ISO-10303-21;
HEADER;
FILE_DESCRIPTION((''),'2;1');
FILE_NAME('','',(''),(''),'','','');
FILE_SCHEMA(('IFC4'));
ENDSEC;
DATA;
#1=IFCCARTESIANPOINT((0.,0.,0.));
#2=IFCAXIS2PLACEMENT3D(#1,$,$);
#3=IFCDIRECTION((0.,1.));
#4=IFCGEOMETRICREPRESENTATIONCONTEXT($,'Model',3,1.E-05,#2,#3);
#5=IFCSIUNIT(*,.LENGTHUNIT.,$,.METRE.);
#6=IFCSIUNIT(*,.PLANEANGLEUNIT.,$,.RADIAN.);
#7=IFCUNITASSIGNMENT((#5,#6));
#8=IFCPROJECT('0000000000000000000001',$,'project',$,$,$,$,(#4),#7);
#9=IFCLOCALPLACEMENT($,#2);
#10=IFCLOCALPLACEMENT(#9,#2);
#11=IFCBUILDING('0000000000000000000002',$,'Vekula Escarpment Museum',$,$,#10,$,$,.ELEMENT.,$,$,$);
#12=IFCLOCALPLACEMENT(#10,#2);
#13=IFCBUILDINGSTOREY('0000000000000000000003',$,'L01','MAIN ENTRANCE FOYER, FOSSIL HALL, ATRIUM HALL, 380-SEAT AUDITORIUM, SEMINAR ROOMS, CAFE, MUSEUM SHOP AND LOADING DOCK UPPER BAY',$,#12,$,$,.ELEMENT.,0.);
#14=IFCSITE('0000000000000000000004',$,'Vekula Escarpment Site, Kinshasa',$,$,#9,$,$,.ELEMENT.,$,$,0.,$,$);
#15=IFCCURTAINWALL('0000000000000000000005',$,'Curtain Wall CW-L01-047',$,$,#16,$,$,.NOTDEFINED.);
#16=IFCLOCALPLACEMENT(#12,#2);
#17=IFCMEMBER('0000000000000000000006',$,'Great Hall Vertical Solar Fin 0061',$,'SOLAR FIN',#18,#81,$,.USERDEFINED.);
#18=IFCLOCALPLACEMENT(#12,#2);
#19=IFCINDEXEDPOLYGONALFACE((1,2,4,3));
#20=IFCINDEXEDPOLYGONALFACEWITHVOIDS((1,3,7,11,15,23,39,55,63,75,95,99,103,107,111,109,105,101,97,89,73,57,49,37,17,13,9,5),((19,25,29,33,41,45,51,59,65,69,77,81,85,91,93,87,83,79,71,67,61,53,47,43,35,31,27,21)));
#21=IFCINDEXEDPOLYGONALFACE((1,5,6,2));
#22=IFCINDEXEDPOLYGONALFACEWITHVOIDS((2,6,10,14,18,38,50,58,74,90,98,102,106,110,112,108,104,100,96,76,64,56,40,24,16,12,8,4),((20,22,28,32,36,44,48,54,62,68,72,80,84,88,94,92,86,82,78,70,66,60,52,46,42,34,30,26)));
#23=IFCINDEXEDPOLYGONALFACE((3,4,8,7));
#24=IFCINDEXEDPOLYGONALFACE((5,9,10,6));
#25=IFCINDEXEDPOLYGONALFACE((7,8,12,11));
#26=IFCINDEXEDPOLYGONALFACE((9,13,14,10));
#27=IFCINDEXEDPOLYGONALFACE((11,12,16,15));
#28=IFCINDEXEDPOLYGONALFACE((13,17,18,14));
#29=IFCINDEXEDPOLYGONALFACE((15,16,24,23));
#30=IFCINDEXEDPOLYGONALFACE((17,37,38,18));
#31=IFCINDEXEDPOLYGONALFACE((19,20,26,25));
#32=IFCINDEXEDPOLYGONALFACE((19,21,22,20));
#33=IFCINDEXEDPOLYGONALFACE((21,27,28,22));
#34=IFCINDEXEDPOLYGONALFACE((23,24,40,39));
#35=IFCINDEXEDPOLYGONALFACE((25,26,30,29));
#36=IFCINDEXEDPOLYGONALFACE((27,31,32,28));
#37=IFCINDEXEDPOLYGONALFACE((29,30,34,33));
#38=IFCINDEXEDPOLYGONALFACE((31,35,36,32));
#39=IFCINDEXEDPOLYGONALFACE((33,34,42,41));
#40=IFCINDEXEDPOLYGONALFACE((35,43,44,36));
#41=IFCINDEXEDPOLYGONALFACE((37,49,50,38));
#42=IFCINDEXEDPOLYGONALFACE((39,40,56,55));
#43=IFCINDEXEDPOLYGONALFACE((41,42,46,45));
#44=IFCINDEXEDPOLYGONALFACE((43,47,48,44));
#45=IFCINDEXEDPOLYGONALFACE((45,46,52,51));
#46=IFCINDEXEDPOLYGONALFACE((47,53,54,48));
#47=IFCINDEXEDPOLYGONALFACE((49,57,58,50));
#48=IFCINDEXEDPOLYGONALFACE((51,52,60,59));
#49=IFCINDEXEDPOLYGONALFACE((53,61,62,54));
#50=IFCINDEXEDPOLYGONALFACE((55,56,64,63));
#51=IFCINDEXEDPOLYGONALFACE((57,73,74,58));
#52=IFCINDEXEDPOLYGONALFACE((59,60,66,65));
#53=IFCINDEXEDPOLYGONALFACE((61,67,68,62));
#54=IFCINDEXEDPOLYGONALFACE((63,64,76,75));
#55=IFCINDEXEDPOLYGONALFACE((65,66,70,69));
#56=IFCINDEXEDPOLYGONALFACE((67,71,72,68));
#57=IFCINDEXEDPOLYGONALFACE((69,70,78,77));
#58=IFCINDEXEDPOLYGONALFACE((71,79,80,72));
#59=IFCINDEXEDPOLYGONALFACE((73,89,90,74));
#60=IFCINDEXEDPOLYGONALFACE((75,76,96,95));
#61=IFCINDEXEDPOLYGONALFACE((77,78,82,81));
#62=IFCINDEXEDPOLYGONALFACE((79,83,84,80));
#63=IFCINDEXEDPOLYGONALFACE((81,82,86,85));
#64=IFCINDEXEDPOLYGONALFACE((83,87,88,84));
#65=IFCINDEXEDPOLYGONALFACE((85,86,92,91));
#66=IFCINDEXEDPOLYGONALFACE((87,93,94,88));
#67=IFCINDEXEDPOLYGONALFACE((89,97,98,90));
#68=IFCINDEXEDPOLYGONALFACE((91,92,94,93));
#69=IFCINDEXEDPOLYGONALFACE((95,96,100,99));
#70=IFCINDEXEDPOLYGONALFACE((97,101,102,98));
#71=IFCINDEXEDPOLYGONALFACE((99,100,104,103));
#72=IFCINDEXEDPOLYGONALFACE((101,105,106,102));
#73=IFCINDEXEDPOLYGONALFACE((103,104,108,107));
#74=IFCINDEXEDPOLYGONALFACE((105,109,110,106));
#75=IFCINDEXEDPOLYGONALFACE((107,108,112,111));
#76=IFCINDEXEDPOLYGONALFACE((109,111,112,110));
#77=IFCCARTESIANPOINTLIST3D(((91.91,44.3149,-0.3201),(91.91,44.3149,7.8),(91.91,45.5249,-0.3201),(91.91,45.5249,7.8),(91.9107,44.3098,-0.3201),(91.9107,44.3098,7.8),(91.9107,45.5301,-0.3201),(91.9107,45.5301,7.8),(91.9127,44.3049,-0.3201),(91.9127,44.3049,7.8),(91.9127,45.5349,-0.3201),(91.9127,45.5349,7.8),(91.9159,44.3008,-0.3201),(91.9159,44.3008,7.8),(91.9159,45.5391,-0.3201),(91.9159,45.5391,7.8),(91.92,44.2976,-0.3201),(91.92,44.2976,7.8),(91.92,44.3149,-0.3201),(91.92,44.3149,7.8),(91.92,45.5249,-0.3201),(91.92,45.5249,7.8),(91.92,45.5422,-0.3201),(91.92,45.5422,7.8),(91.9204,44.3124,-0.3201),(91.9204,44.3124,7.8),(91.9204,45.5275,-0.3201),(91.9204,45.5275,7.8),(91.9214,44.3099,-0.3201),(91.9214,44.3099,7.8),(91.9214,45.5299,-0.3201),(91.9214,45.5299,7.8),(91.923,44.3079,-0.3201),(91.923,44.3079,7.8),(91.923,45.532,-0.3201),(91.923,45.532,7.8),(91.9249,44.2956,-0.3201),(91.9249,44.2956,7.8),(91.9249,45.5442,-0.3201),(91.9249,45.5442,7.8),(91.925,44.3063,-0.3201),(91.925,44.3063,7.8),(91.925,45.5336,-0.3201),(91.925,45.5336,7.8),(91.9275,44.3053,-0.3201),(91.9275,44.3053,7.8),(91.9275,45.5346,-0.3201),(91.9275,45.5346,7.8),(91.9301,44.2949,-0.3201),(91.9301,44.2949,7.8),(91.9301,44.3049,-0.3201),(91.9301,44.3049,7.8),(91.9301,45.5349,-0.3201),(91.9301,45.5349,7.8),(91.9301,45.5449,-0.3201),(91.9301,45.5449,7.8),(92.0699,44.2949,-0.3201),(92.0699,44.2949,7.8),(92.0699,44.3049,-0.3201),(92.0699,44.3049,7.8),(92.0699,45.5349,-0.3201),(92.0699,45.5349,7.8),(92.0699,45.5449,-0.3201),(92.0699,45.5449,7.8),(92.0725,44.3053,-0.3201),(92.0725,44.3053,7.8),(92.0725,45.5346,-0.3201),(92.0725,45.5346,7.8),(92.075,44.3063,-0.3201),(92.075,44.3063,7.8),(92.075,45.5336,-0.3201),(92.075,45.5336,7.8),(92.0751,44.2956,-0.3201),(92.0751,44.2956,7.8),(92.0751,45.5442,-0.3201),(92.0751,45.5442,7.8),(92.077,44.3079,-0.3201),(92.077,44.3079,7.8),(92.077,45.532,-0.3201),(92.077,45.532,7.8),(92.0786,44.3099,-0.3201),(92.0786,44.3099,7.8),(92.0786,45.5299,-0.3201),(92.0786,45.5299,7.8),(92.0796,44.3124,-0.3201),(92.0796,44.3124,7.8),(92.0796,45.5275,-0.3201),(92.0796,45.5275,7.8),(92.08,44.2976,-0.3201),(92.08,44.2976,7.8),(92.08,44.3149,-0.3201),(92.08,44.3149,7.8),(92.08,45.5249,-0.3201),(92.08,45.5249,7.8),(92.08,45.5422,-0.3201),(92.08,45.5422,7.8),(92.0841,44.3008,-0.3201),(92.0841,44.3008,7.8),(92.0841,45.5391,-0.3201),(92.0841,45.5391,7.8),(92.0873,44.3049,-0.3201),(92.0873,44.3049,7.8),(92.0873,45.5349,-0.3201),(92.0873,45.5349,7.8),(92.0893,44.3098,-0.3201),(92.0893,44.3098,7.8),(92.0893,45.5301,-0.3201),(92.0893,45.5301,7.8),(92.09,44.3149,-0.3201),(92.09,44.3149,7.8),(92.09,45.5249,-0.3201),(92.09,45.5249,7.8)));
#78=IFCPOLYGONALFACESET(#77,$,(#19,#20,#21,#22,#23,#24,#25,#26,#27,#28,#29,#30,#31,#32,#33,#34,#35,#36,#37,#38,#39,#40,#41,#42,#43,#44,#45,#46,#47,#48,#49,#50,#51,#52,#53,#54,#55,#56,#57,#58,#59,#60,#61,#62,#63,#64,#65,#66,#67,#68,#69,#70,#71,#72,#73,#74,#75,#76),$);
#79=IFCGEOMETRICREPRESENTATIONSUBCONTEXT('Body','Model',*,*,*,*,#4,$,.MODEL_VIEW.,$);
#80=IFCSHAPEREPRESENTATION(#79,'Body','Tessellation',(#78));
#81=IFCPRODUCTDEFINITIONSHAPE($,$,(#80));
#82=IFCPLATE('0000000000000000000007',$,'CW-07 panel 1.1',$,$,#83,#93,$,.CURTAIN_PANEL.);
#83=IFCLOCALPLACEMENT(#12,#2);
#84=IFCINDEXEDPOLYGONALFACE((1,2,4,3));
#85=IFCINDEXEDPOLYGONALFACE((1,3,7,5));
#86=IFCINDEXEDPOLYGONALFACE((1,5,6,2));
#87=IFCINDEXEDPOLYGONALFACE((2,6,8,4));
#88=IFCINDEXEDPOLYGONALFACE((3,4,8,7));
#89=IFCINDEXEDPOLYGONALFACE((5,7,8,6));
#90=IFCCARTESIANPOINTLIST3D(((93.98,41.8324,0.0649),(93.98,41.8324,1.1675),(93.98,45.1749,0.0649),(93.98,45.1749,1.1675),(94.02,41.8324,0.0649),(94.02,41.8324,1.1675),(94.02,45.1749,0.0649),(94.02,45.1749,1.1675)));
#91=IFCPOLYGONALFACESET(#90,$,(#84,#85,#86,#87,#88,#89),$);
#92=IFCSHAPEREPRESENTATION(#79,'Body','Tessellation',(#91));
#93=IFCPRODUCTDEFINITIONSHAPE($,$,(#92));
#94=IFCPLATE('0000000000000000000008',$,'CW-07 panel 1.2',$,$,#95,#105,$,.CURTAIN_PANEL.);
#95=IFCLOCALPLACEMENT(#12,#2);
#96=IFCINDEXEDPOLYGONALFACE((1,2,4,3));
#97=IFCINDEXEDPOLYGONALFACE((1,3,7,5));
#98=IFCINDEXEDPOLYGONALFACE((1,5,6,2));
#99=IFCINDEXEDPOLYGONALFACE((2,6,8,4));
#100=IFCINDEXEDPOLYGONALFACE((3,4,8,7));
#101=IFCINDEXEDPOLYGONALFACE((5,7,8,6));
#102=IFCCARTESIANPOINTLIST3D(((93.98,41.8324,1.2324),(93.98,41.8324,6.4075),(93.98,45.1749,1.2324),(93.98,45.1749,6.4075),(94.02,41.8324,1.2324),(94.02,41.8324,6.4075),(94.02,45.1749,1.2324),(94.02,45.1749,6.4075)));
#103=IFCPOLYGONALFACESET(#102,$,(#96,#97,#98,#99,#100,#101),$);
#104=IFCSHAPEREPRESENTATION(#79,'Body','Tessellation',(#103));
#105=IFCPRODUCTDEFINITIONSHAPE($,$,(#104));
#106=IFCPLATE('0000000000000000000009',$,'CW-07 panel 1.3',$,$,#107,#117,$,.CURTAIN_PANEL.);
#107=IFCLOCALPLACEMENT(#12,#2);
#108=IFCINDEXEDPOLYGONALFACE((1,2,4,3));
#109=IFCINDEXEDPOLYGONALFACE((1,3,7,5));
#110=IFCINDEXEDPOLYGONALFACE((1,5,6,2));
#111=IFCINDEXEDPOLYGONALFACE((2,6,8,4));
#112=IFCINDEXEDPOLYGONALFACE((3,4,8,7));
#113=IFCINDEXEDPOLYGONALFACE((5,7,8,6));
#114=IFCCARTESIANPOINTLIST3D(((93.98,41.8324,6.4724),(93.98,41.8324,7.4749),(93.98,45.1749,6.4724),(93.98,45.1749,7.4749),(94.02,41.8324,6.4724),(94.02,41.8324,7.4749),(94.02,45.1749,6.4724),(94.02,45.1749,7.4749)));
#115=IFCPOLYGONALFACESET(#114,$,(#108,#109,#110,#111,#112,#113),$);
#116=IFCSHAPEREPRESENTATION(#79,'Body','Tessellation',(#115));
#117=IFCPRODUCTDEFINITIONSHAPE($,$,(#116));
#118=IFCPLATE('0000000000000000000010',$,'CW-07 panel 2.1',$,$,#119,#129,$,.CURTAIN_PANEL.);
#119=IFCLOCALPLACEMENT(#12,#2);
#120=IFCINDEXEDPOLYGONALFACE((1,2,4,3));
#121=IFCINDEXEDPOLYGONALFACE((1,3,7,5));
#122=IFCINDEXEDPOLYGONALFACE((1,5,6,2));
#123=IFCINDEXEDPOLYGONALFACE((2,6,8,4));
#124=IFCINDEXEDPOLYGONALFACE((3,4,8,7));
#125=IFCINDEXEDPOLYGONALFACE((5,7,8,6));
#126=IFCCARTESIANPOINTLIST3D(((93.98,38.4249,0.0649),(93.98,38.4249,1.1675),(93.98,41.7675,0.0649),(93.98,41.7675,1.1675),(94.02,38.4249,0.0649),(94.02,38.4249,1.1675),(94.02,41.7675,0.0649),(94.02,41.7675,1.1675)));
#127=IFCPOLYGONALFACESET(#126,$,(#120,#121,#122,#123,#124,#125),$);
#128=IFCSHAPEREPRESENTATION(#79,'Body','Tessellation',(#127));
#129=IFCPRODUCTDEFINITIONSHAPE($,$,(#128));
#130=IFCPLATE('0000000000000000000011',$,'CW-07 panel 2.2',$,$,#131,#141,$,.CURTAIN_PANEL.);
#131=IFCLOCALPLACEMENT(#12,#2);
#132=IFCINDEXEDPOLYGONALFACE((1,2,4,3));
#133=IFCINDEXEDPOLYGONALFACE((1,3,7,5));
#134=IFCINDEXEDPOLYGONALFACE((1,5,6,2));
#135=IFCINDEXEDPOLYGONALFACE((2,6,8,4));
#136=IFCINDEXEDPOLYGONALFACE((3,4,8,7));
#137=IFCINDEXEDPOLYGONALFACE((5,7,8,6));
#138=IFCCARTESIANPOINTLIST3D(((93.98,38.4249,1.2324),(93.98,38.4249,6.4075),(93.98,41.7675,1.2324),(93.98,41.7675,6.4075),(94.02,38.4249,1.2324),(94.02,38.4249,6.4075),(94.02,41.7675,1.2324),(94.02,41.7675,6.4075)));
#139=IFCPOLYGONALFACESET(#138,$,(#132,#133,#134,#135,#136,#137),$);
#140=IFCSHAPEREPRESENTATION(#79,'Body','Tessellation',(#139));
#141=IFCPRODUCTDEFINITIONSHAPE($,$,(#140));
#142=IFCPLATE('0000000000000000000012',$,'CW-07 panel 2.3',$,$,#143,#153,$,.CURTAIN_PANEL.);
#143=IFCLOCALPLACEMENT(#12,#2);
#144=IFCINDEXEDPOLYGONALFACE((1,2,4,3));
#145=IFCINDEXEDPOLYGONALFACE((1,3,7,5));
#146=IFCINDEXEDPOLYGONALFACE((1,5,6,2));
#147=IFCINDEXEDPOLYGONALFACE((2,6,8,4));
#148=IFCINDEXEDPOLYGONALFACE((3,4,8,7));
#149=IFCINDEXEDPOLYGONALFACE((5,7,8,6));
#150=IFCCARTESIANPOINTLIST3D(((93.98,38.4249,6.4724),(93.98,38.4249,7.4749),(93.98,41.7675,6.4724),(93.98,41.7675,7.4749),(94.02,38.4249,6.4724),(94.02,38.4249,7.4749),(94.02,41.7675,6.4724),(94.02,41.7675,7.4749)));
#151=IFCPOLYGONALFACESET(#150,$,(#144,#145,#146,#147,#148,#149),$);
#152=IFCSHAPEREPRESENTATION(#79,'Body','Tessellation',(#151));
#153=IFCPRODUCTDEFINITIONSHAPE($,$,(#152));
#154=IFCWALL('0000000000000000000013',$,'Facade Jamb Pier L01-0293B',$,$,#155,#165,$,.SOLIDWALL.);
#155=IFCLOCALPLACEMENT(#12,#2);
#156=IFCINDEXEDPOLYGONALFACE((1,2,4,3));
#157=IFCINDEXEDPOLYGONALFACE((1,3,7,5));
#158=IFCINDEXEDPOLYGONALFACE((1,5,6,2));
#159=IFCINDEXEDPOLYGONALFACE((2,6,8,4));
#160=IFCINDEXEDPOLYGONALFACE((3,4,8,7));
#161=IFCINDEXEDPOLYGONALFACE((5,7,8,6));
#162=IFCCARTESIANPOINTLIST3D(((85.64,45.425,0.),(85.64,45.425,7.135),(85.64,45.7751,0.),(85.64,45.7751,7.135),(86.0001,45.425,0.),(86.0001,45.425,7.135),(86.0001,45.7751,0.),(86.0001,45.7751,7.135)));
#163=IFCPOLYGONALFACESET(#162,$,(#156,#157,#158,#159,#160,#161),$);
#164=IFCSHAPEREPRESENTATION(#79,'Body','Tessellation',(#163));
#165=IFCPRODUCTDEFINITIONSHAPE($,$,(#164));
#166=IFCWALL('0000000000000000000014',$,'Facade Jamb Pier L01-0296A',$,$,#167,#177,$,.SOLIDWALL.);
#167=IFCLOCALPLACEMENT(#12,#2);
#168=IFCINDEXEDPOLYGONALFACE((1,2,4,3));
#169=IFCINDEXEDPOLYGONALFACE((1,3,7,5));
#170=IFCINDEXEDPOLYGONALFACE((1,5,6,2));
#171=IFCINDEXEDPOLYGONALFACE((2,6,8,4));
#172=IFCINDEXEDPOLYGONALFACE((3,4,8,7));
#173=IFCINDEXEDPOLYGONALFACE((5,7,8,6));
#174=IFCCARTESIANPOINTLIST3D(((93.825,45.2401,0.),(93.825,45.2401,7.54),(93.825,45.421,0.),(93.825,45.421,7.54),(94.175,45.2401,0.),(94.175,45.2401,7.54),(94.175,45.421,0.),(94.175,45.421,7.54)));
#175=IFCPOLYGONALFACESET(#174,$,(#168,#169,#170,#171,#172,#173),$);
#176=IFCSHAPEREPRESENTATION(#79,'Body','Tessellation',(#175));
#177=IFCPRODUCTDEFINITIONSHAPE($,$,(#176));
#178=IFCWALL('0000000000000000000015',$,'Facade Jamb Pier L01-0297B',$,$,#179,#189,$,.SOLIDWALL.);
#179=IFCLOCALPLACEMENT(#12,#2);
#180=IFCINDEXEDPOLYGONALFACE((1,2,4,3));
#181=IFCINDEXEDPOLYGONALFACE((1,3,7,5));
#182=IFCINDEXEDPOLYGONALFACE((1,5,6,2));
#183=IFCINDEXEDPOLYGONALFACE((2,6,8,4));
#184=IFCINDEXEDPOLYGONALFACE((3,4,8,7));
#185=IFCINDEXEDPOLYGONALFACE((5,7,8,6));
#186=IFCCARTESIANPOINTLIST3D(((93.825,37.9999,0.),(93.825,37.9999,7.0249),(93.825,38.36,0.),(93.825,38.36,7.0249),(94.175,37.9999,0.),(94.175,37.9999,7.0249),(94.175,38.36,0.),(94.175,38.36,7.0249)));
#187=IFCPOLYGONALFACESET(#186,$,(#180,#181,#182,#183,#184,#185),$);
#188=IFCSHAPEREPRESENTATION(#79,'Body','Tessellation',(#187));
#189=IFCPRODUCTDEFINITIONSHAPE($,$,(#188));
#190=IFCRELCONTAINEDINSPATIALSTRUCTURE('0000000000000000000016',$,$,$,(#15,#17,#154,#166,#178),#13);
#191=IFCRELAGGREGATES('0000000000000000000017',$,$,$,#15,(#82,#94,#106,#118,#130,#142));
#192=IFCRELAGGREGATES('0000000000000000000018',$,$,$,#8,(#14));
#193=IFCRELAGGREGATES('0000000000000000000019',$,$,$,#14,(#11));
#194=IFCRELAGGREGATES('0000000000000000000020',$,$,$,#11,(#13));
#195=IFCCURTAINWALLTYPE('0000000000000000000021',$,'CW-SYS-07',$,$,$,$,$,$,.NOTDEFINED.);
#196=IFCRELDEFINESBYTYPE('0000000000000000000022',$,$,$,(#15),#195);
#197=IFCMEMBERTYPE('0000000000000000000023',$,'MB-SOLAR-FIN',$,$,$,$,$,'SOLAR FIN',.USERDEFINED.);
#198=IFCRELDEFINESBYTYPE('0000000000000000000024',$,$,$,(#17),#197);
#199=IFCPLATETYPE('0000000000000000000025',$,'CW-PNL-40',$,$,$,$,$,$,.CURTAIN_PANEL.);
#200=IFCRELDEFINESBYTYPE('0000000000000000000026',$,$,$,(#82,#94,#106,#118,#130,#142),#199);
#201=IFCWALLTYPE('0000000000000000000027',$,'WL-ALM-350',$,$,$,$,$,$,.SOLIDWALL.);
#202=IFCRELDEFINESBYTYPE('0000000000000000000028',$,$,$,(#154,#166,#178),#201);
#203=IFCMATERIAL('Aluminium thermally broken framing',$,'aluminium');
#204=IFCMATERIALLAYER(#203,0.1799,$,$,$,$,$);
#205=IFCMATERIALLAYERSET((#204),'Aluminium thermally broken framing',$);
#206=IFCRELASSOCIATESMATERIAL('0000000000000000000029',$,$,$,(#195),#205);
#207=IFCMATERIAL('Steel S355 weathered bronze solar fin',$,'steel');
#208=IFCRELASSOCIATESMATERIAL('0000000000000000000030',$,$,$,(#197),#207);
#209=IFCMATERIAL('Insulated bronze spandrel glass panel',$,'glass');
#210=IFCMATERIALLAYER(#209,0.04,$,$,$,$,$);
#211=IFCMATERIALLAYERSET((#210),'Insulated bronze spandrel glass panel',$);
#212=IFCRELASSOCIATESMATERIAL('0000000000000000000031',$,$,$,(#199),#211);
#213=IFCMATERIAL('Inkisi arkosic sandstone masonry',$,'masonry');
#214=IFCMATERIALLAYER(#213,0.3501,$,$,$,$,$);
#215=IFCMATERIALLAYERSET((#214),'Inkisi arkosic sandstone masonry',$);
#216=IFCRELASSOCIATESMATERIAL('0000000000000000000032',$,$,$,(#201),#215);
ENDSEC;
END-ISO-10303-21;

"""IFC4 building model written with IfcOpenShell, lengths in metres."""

from ifc_helpers import new_model, si_unit, direction, frame, frame_2d, origin, origin_2d, place, context, subcontext, project, spatial, rectangle, hollow_rectangle, extrude, material, layer, layer_set, material_profile, profile_set, type_object, element, aggregate, save


model = new_model("IFC4")

# Units and contexts
model_context = context("Model", 3, precision=1e-05, world=origin(), true_north=direction((0.0, 1.0)))
body_context = subcontext(model_context, "Body", "Model", "MODEL_VIEW")
ifc_project = project(units=[si_unit("LENGTHUNIT", "METRE"), si_unit("PLANEANGLEUNIT", "RADIAN")], contexts=[model_context])

# Site, building, storey
site_placement = place(None, origin())
site = spatial("IfcSite", under=ifc_project, at=site_placement, Name="Vekula Escarpment Site, Kinshasa", CompositionType="ELEMENT", RefElevation=0.0)
building_placement = place(site_placement, origin())
building = spatial("IfcBuilding", under=site, at=building_placement, Name="Vekula Escarpment Museum", CompositionType="ELEMENT")
storey_placement = place(building_placement, origin())
storey = spatial("IfcBuildingStorey", under=building, at=storey_placement, Name="L01", Description="MAIN ENTRANCE FOYER, FOSSIL HALL, ATRIUM HALL, 380-SEAT AUDITORIUM, SEMINAR ROOMS, CAFE, MUSEUM SHOP AND LOADING DOCK UPPER BAY", CompositionType="ELEMENT", Elevation=0.0)

# Curtain wall
ifc_material_1 = material(Name="Aluminium thermally broken framing", Category="aluminium")
ifc_layer_1 = layer(ifc_material_1, 0.1799)
ifc_layer_set_1 = layer_set([ifc_layer_1], Name="Aluminium thermally broken framing")
curtain_wall_type_1 = type_object("IfcCurtainWallType", Name="CW-SYS-07", PredefinedType="NOTDEFINED", material=ifc_layer_set_1)
curtain_wall_1_placement = place(storey_placement, origin())
curtain_wall_1 = element("IfcCurtainWall", 1, at=curtain_wall_1_placement, inside=storey, type_object=curtain_wall_type_1, Name="Curtain Wall CW-L01-047", PredefinedType="NOTDEFINED")

# Member
ifc_material_2 = material(Name="Steel S355 weathered bronze solar fin", Category="steel")
ifc_material_profile_1 = material_profile(ifc_material_2, hollow_rectangle(XDim=0.1799, YDim=1.25, WallThickness=0.01, InnerFilletRadius=0.01, OuterFilletRadius=0.02, at=origin_2d()), Name="RHS 1250x180x10")
ifc_profile_set_1 = profile_set([ifc_material_profile_1], Name="Steel S355 weathered bronze solar fin")
member_type_1 = type_object("IfcMemberType", Name="MB-SOLAR-FIN", ElementType="SOLAR FIN", PredefinedType="USERDEFINED", material=ifc_profile_set_1)
for number, where, z_axis, x_axis, name in (
    (2, (92.0, 44.9199, -0.3201), (0.0, 0.0, 1.0), (1.0, 0.0, 0.0), "Great Hall Vertical Solar Fin 0061"),
):
    element("IfcMember", number, at=place(storey_placement, frame(where, z_axis=z_axis, x_axis=x_axis)), inside=storey, type_object=member_type_1, Name=name, ObjectType="SOLAR FIN", PredefinedType="USERDEFINED", context=body_context, shape_type="SweptSolid", body=[
        extrude(hollow_rectangle(XDim=0.1799, YDim=1.25, WallThickness=0.01, InnerFilletRadius=0.01, OuterFilletRadius=0.02, at=origin_2d()), origin(), (0.0, 0.0, 1.0), 8.1201),
    ])

# Plates
ifc_material_3 = material(Name="Insulated bronze spandrel glass panel", Category="glass")
ifc_layer_2 = layer(ifc_material_3, 0.04)
ifc_layer_set_2 = layer_set([ifc_layer_2], Name="Insulated bronze spandrel glass panel")
plate_type = type_object("IfcPlateType", Name="CW-PNL-40", PredefinedType="CURTAIN_PANEL", material=ifc_layer_set_2)
plate_1_placement = place(storey_placement, frame((94.0, 43.5037, 0.0649), z_axis=(0.0, 0.0, 1.0), x_axis=(0.0, -1.0, 0.0)))
plate_1 = element("IfcPlate", 3, at=plate_1_placement, type_object=plate_type, Name="CW-07 panel 1.1", PredefinedType="CURTAIN_PANEL", context=body_context, shape_type="SweptSolid", body=[
    extrude(rectangle(XDim=3.3425, YDim=0.04, at=origin_2d()), origin(), (0.0, 0.0, 1.0), 1.1025),
])
plate_2_placement = place(storey_placement, frame((94.0, 43.5037, 1.2324), z_axis=(0.0, 0.0, 1.0), x_axis=(0.0, -1.0, 0.0)))
plate_2 = element("IfcPlate", 4, at=plate_2_placement, type_object=plate_type, Name="CW-07 panel 1.2", PredefinedType="CURTAIN_PANEL", context=body_context, shape_type="SweptSolid", body=[
    extrude(rectangle(XDim=3.3425, YDim=0.04, at=origin_2d()), origin(), (0.0, 0.0, 1.0), 5.175),
])
plate_3_placement = place(storey_placement, frame((94.0, 43.5037, 6.4724), z_axis=(0.0, 0.0, 1.0), x_axis=(0.0, -1.0, 0.0)))
plate_3 = element("IfcPlate", 5, at=plate_3_placement, type_object=plate_type, Name="CW-07 panel 1.3", PredefinedType="CURTAIN_PANEL", context=body_context, shape_type="SweptSolid", body=[
    extrude(rectangle(XDim=3.3425, YDim=0.04, at=origin_2d()), origin(), (0.0, 0.0, 1.0), 1.0024),
])
plate_4_placement = place(storey_placement, frame((94.0, 40.0962, 0.0649), z_axis=(0.0, 0.0, 1.0), x_axis=(0.0, -1.0, 0.0)))
plate_4 = element("IfcPlate", 6, at=plate_4_placement, type_object=plate_type, Name="CW-07 panel 2.1", PredefinedType="CURTAIN_PANEL", context=body_context, shape_type="SweptSolid", body=[
    extrude(rectangle(XDim=3.3425, YDim=0.04, at=origin_2d()), origin(), (0.0, 0.0, 1.0), 1.1025),
])
plate_5_placement = place(storey_placement, frame((94.0, 40.0962, 1.2324), z_axis=(0.0, 0.0, 1.0), x_axis=(0.0, -1.0, 0.0)))
plate_5 = element("IfcPlate", 7, at=plate_5_placement, type_object=plate_type, Name="CW-07 panel 2.2", PredefinedType="CURTAIN_PANEL", context=body_context, shape_type="SweptSolid", body=[
    extrude(rectangle(XDim=3.3425, YDim=0.04, at=origin_2d()), origin(), (0.0, 0.0, 1.0), 5.175),
])
plate_6_placement = place(storey_placement, frame((94.0, 40.0962, 6.4724), z_axis=(0.0, 0.0, 1.0), x_axis=(0.0, -1.0, 0.0)))
plate_6 = element("IfcPlate", 8, at=plate_6_placement, type_object=plate_type, Name="CW-07 panel 2.3", PredefinedType="CURTAIN_PANEL", context=body_context, shape_type="SweptSolid", body=[
    extrude(rectangle(XDim=3.3425, YDim=0.04, at=origin_2d()), origin(), (0.0, 0.0, 1.0), 1.0024),
])
aggregate(curtain_wall_1, [plate_1, plate_2, plate_3, plate_4, plate_5, plate_6])

# Walls
ifc_material_4 = material(Name="Inkisi arkosic sandstone masonry", Category="masonry")
ifc_layer_3 = layer(ifc_material_4, 0.3501)
ifc_layer_set_3 = layer_set([ifc_layer_3], Name="Inkisi arkosic sandstone masonry")
wall_type = type_object("IfcWallType", Name="WL-ALM-350", PredefinedType="SOLIDWALL", material=ifc_layer_set_3)
wall_1_placement = place(storey_placement, frame((85.6399, 45.6001, 0.0), z_axis=(0.0, 0.0, 1.0), x_axis=(1.0, 0.0, 0.0)))
element("IfcWall", 9, at=wall_1_placement, inside=storey, type_object=wall_type, Name="Facade Jamb Pier L01-0293B", PredefinedType="SOLIDWALL", context=body_context, shape_type="SweptSolid", body=[
    extrude(rectangle(XDim=0.3601, YDim=0.3501, at=frame_2d((0.1802, 0.0))), origin(), (0.0, 0.0, 1.0), 7.135),
])
wall_2_placement = place(storey_placement, frame((94.0, 45.4209, 0.0), z_axis=(0.0, 0.0, 1.0), x_axis=(0.0, -1.0, 0.0)))
element("IfcWall", 10, at=wall_2_placement, inside=storey, type_object=wall_type, Name="Facade Jamb Pier L01-0296A", PredefinedType="SOLIDWALL", context=body_context, shape_type="SweptSolid", body=[
    extrude(rectangle(XDim=0.1809, YDim=0.3501, at=frame_2d((0.0903, 0.0))), origin(), (0.0, 0.0, 1.0), 7.54),
])
wall_3_placement = place(storey_placement, frame((94.0, 38.3601, 0.0), z_axis=(0.0, 0.0, 1.0), x_axis=(0.0, -1.0, 0.0)))
element("IfcWall", 11, at=wall_3_placement, inside=storey, type_object=wall_type, Name="Facade Jamb Pier L01-0297B", PredefinedType="SOLIDWALL", context=body_context, shape_type="SweptSolid", body=[
    extrude(rectangle(XDim=0.3601, YDim=0.3501, at=frame_2d((0.1802, 0.0))), origin(), (0.0, 0.0, 1.0), 7.0249),
])

save(model, "model.ifc")
